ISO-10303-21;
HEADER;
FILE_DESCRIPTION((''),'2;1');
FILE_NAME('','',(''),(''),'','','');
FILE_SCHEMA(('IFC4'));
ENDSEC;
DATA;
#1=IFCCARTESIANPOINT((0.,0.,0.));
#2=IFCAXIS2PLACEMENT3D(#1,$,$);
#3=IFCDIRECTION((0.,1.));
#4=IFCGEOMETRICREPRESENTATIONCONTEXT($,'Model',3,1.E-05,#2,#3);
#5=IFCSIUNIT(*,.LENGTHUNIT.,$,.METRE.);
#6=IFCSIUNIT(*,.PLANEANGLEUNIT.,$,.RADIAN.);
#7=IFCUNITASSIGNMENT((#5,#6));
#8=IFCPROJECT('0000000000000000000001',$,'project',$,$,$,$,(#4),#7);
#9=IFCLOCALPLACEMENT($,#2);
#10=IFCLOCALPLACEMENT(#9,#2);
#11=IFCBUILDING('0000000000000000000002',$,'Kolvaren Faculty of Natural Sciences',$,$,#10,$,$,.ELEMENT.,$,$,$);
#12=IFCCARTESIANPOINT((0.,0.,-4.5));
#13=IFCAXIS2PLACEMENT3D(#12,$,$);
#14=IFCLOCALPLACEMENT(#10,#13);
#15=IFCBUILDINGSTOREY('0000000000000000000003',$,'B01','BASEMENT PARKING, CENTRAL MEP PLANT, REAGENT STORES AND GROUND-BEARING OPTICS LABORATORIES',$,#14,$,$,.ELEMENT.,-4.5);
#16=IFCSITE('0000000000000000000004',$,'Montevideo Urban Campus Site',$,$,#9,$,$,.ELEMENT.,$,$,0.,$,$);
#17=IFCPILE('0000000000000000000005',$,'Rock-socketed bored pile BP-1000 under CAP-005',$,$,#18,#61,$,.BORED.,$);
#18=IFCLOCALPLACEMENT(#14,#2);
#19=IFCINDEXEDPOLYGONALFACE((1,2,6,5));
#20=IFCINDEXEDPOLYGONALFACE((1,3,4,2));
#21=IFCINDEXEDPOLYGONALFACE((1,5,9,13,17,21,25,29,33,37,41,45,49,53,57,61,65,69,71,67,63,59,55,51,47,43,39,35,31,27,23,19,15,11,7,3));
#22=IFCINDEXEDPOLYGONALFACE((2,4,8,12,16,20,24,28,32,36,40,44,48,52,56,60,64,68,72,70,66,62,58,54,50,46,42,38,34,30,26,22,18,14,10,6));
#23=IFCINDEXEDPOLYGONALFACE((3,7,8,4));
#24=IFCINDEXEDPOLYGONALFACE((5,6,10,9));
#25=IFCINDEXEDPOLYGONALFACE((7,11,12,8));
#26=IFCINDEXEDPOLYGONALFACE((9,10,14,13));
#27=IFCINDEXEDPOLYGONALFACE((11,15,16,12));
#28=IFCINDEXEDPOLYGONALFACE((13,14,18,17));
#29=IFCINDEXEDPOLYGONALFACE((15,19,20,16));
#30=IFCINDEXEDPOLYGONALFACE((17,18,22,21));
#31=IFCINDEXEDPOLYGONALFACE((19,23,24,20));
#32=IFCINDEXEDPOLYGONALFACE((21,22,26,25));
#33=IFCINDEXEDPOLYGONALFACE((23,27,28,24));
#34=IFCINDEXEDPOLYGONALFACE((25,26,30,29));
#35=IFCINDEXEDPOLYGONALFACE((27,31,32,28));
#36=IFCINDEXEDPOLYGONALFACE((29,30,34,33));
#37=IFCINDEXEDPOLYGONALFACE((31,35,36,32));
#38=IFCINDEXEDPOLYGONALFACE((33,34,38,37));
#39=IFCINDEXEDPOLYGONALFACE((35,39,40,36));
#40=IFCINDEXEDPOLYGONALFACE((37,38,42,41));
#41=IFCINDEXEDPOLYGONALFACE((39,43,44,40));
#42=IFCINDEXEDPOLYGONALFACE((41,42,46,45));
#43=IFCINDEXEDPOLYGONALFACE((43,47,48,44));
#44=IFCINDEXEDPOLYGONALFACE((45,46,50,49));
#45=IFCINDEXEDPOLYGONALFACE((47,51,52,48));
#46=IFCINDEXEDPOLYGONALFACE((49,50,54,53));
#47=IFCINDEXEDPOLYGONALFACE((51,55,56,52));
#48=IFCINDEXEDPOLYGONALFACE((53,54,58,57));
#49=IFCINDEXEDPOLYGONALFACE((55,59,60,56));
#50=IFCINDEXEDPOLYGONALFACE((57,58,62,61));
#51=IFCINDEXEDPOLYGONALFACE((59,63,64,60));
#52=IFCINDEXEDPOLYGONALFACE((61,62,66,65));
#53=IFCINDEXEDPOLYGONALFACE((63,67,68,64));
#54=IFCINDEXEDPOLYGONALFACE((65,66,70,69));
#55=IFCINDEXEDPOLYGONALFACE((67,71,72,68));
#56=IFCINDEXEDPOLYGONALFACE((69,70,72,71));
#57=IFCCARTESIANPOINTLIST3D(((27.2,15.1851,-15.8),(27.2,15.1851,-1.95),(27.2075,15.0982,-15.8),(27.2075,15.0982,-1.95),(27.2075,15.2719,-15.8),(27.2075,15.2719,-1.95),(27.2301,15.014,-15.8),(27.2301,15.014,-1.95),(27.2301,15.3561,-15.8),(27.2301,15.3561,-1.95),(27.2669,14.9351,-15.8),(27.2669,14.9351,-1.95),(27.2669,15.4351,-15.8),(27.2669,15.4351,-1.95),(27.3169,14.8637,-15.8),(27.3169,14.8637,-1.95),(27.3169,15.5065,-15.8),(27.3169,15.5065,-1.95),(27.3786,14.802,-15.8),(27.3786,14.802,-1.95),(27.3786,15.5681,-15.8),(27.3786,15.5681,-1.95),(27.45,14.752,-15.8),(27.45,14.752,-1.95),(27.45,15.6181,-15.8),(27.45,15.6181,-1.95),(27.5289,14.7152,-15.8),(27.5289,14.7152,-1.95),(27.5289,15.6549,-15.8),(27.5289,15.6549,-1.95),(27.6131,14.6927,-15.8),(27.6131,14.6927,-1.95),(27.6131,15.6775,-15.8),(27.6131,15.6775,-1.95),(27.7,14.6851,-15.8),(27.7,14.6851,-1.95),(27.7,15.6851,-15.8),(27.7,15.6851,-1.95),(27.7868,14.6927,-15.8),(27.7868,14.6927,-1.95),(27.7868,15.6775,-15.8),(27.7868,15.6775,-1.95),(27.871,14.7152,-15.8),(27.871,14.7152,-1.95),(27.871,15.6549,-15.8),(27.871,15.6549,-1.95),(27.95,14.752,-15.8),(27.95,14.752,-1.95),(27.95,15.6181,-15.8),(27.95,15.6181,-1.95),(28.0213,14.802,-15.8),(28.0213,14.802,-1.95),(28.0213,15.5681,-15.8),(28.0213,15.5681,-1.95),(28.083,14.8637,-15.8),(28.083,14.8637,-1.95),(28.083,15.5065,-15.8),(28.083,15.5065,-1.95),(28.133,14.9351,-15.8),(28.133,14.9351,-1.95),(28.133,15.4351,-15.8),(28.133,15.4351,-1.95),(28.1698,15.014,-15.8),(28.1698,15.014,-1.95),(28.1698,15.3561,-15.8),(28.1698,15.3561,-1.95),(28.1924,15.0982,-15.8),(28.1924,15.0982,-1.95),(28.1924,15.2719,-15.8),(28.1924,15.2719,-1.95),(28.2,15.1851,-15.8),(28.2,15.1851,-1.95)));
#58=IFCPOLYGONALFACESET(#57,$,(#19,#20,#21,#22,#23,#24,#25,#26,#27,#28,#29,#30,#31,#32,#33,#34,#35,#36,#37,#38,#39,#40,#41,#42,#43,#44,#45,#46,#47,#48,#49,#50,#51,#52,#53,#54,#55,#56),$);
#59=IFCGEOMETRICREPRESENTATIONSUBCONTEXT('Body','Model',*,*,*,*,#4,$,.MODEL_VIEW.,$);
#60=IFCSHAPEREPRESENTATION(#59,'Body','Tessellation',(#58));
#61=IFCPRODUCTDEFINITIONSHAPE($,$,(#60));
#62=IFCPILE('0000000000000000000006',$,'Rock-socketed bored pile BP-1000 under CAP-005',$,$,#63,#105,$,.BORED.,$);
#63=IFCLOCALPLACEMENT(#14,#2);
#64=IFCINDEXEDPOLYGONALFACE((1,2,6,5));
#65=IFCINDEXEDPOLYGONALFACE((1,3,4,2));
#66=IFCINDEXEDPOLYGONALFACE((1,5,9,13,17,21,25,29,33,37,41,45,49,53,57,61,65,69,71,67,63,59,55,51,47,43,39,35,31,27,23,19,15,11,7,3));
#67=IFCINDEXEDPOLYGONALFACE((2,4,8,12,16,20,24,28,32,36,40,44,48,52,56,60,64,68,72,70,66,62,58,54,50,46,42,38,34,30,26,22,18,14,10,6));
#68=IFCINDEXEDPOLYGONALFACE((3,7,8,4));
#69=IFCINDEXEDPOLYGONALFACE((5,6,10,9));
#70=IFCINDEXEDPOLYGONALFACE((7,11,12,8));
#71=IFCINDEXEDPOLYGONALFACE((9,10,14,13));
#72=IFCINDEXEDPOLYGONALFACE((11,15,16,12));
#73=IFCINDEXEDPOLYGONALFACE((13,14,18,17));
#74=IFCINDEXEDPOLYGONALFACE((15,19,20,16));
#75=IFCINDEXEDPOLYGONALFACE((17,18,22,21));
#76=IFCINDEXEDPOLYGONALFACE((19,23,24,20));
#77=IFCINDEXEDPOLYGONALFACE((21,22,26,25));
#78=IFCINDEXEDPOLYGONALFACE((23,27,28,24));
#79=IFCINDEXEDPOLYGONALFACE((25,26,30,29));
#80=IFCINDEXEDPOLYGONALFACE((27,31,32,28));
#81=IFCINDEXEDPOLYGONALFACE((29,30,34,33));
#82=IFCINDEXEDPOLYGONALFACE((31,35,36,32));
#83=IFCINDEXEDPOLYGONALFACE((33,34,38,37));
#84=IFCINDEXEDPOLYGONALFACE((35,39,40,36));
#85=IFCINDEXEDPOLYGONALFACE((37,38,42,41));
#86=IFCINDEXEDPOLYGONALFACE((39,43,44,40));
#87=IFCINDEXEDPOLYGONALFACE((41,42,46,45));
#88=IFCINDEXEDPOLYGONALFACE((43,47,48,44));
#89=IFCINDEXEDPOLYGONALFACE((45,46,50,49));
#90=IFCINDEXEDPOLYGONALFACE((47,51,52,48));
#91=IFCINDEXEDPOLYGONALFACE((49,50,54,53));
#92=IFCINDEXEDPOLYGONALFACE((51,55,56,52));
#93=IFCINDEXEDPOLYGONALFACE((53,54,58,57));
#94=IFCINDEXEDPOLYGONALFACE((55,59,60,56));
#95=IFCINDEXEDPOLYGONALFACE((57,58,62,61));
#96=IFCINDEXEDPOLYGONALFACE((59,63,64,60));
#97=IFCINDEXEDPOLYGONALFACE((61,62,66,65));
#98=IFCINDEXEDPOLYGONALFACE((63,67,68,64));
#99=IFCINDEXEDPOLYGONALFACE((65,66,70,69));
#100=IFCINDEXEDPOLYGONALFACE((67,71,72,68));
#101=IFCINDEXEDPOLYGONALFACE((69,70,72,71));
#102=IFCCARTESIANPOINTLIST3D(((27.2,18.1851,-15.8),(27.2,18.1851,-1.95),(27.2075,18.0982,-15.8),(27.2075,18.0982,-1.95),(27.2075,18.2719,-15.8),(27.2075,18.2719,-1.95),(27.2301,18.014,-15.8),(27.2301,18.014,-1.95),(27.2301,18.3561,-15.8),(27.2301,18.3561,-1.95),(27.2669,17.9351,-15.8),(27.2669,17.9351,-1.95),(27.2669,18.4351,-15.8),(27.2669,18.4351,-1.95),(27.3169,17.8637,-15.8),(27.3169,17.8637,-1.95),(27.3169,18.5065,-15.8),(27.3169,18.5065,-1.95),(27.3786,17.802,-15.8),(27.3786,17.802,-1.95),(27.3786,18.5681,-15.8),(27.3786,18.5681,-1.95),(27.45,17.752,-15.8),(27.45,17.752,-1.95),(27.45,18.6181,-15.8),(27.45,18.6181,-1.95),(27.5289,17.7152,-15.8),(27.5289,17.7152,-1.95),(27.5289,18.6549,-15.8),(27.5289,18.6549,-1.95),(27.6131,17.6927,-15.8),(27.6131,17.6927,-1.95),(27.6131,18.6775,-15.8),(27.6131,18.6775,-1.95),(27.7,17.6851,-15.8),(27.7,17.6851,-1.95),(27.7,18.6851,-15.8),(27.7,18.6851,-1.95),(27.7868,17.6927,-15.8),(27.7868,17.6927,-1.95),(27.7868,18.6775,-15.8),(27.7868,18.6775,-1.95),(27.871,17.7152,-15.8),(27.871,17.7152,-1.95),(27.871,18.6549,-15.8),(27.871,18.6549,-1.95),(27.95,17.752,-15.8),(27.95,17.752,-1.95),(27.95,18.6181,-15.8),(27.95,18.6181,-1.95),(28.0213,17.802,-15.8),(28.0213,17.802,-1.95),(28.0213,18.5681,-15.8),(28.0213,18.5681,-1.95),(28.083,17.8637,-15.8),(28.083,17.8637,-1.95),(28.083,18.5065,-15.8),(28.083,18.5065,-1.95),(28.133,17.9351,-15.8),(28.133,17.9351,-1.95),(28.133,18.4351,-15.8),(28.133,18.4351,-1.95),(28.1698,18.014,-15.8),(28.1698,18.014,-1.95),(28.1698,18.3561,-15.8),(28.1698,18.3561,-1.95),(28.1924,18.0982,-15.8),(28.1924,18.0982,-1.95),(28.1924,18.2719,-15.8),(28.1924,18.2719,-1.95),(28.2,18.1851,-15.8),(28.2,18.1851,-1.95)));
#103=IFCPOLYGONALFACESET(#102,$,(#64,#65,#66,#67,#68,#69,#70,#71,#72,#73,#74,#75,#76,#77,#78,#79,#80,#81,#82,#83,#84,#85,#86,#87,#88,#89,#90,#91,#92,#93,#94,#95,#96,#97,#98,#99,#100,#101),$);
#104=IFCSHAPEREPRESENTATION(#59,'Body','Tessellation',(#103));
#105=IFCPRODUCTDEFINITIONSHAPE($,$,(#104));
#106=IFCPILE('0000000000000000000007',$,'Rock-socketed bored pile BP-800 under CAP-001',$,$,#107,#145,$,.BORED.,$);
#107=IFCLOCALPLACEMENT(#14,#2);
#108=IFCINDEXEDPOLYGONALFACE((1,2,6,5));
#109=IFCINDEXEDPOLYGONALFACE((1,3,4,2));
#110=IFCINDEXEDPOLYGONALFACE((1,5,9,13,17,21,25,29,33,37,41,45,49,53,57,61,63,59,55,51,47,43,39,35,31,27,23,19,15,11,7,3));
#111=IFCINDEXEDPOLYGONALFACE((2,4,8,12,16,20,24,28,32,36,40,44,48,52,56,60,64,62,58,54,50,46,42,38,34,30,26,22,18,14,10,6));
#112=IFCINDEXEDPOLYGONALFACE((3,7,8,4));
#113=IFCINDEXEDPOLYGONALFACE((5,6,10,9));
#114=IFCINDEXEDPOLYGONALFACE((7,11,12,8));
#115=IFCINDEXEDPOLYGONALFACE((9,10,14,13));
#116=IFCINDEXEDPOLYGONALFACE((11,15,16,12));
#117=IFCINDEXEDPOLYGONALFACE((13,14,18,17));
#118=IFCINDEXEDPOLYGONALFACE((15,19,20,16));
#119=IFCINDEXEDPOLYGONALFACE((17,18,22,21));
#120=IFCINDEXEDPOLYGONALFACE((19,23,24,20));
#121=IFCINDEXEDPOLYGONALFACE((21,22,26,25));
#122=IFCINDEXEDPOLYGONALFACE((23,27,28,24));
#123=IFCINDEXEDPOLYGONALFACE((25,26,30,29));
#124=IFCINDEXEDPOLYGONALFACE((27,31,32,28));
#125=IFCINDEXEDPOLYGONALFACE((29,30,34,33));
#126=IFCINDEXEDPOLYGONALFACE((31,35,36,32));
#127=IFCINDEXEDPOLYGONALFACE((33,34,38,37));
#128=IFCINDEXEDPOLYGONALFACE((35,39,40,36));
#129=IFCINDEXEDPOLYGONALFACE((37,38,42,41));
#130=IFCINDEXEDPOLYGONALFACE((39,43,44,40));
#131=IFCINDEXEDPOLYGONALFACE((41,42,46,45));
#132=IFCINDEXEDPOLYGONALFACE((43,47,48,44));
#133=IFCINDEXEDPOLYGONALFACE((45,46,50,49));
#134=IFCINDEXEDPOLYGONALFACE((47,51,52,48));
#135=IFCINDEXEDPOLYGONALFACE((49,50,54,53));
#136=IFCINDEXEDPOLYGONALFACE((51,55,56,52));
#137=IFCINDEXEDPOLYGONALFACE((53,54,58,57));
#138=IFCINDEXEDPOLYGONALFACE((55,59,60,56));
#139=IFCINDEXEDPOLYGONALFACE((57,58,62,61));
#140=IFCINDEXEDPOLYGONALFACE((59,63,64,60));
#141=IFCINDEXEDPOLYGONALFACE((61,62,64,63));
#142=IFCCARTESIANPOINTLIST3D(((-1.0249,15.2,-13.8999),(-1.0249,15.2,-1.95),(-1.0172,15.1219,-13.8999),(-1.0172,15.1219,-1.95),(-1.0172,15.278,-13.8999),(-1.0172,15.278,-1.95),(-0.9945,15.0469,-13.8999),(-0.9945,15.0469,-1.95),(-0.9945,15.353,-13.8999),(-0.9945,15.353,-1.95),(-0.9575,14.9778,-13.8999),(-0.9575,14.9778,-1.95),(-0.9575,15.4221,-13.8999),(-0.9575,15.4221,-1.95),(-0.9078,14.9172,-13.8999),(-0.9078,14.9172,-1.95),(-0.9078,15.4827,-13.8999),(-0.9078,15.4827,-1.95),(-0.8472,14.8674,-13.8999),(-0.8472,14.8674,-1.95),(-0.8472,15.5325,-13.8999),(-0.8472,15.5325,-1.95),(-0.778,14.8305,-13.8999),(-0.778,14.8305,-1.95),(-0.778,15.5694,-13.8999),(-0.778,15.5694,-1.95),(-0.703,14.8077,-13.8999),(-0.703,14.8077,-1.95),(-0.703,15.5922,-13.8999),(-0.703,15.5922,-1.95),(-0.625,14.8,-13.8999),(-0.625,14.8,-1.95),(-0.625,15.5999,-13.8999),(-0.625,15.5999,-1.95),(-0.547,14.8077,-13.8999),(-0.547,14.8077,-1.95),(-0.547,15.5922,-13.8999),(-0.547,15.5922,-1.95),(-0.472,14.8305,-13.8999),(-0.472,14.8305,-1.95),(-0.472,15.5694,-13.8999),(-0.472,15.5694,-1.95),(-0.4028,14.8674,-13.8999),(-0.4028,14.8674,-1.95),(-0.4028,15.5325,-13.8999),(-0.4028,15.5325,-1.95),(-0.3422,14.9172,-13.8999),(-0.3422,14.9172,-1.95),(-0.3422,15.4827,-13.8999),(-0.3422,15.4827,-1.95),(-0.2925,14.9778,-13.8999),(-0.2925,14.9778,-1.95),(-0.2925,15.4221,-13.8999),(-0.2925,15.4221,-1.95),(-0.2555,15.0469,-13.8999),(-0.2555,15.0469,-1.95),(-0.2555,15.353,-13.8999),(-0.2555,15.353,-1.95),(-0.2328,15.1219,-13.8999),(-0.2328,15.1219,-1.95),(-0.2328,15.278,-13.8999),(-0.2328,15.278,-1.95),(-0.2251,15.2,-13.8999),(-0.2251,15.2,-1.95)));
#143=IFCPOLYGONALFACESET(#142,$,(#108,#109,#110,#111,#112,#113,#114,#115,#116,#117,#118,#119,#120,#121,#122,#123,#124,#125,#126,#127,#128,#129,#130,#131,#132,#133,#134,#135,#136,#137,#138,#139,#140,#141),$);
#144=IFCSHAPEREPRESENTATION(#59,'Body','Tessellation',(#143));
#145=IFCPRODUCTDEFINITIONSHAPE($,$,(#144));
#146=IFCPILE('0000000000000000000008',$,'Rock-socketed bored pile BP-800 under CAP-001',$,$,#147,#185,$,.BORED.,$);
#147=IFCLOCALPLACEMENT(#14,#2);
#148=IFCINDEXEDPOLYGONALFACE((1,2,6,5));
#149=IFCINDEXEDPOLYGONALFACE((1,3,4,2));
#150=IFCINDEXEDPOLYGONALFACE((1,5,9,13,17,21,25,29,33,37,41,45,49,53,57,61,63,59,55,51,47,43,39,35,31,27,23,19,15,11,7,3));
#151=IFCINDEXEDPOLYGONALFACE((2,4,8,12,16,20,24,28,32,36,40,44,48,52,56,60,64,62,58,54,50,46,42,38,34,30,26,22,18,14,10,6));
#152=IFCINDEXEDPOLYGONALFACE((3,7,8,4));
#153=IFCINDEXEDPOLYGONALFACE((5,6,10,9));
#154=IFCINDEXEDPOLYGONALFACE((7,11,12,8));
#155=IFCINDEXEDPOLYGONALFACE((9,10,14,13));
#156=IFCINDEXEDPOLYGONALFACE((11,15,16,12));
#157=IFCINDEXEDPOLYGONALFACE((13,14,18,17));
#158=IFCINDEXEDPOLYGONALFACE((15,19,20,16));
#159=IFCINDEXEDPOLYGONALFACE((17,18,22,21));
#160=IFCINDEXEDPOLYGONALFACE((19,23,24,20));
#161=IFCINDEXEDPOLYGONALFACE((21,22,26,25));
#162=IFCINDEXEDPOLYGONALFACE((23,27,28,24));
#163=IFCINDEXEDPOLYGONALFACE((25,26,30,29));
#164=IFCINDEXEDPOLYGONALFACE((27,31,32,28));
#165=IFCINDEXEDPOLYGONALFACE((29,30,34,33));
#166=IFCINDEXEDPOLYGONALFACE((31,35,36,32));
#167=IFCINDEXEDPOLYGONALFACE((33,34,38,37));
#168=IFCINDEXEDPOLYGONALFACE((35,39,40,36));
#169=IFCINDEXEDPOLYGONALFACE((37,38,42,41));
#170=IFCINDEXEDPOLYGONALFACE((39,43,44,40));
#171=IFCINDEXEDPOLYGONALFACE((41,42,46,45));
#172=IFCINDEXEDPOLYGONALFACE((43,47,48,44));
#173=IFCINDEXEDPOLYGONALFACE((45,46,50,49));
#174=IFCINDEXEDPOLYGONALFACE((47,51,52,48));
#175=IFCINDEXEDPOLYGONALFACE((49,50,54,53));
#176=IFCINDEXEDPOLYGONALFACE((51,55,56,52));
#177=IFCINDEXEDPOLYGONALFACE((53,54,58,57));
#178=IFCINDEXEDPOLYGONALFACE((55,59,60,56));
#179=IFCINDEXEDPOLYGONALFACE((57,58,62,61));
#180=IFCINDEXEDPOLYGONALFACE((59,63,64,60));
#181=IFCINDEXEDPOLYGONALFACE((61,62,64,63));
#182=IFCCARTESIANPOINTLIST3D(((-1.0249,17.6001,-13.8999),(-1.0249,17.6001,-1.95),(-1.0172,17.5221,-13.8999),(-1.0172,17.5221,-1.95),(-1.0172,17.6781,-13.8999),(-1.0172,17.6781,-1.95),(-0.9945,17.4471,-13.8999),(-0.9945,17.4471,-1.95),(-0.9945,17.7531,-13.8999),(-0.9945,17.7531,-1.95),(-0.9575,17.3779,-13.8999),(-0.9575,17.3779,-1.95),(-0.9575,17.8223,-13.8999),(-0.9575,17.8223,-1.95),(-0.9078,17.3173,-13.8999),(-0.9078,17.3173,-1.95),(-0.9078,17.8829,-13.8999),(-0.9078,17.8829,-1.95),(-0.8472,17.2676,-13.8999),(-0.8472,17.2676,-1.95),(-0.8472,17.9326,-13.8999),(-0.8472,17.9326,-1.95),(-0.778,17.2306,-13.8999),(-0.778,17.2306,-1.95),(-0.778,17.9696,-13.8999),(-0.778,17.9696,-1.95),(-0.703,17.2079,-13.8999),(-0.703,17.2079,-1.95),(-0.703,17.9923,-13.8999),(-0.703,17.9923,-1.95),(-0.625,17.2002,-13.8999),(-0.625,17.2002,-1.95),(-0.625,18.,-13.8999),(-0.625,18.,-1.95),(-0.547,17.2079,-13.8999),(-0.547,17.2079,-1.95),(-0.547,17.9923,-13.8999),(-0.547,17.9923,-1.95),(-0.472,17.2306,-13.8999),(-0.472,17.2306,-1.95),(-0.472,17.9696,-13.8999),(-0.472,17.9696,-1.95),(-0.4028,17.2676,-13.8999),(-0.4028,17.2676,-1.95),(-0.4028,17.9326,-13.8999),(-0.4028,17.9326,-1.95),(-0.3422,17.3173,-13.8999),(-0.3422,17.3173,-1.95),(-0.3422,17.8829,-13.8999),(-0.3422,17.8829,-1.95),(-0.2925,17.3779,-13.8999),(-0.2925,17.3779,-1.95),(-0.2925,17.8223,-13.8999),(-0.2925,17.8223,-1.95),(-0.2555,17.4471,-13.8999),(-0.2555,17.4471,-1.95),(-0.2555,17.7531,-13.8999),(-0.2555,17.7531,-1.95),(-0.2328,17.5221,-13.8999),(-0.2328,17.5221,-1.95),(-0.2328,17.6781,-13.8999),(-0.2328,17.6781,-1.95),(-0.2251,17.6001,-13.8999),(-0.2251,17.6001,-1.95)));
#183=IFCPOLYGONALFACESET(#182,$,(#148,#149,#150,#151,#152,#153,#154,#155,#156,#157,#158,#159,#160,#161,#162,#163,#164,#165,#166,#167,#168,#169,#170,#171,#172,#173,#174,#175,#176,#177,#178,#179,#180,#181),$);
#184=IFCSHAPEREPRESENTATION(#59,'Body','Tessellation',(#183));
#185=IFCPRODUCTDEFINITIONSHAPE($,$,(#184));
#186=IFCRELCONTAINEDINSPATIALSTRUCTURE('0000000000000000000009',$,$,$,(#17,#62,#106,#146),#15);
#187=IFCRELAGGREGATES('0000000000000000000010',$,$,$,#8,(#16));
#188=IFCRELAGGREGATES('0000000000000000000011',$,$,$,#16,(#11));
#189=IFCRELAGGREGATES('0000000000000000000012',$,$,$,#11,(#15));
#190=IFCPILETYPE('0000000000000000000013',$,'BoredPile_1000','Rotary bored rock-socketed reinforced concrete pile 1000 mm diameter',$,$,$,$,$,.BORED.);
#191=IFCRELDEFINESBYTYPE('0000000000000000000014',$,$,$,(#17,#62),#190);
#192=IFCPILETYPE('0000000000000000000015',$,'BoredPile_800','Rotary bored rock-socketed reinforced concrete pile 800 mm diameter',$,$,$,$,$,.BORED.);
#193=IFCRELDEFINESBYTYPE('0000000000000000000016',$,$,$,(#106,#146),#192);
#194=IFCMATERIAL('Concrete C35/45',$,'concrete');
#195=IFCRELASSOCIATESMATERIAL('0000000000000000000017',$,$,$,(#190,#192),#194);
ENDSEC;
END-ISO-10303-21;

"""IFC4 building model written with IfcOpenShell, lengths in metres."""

from ifc_helpers import new_model, si_unit, direction, frame, origin, origin_2d, place, context, subcontext, project, spatial, circle, extrude, material, material_profile, profile_set, type_object, element, save


model = new_model("IFC4")

# Units and contexts
model_context = context("Model", 3, precision=1e-05, world=origin(), true_north=direction((0.0, 1.0)))
body_context = subcontext(model_context, "Body", "Model", "MODEL_VIEW")
ifc_project = project(units=[si_unit("LENGTHUNIT", "METRE"), si_unit("PLANEANGLEUNIT", "RADIAN")], contexts=[model_context])

# Site, building, storey
site_placement = place(None, origin())
site = spatial("IfcSite", under=ifc_project, at=site_placement, Name="Montevideo Urban Campus Site", CompositionType="ELEMENT", RefElevation=0.0)
building_placement = place(site_placement, origin())
building = spatial("IfcBuilding", under=site, at=building_placement, Name="Kolvaren Faculty of Natural Sciences", CompositionType="ELEMENT")
storey_placement = place(building_placement, frame((0.0, 0.0, -4.5)))
storey = spatial("IfcBuildingStorey", under=building, at=storey_placement, Name="B01", Description="BASEMENT PARKING, CENTRAL MEP PLANT, REAGENT STORES AND GROUND-BEARING OPTICS LABORATORIES", CompositionType="ELEMENT", Elevation=-4.5)

# Piles
ifc_material_1 = material(Name="Concrete C35/45", Category="concrete")
ifc_material_profile_1 = material_profile(ifc_material_1, circle(Radius=0.5, at=origin_2d()), Name="PILE D1000")
ifc_profile_set_1 = profile_set([ifc_material_profile_1], Name="Concrete C35/45")
pile_type_1 = type_object("IfcPileType", Name="BoredPile_1000", Description="Rotary bored rock-socketed reinforced concrete pile 1000 mm diameter", PredefinedType="BORED", material=ifc_profile_set_1)
for number, where, z_axis, x_axis, name in (
    (1, (27.7, 15.1851, -1.95), (0.0, 0.0, -1.0), (1.0, 0.0, 0.0), "Rock-socketed bored pile BP-1000 under CAP-005"),
    (2, (27.7, 18.1851, -1.95), (0.0, 0.0, -1.0), (1.0, 0.0, 0.0), "Rock-socketed bored pile BP-1000 under CAP-005"),
):
    element("IfcPile", number, at=place(storey_placement, frame(where, z_axis=z_axis, x_axis=x_axis)), inside=storey, type_object=pile_type_1, Name=name, PredefinedType="BORED", context=body_context, shape_type="SweptSolid", body=[
        extrude(circle(Radius=0.5, at=origin_2d()), origin(), (0.0, 0.0, 1.0), 13.8501),
    ])
ifc_material_profile_2 = material_profile(ifc_material_1, circle(Radius=0.3999, at=origin_2d()), Name="PILE D800")
ifc_profile_set_2 = profile_set([ifc_material_profile_2], Name="Concrete C35/45")
pile_type_2 = type_object("IfcPileType", Name="BoredPile_800", Description="Rotary bored rock-socketed reinforced concrete pile 800 mm diameter", PredefinedType="BORED", material=ifc_profile_set_2)
for number, where, z_axis, x_axis, name in (
    (3, (-0.625, 15.2, -1.95), (0.0, 0.0, -1.0), (1.0, 0.0, 0.0), "Rock-socketed bored pile BP-800 under CAP-001"),
    (4, (-0.625, 17.6001, -1.95), (0.0, 0.0, -1.0), (1.0, 0.0, 0.0), "Rock-socketed bored pile BP-800 under CAP-001"),
):
    element("IfcPile", number, at=place(storey_placement, frame(where, z_axis=z_axis, x_axis=x_axis)), inside=storey, type_object=pile_type_2, Name=name, PredefinedType="BORED", context=body_context, shape_type="SweptSolid", body=[
        extrude(circle(Radius=0.3999, at=origin_2d()), origin(), (0.0, 0.0, 1.0), 11.95),
    ])

save(model, "model.ifc")
